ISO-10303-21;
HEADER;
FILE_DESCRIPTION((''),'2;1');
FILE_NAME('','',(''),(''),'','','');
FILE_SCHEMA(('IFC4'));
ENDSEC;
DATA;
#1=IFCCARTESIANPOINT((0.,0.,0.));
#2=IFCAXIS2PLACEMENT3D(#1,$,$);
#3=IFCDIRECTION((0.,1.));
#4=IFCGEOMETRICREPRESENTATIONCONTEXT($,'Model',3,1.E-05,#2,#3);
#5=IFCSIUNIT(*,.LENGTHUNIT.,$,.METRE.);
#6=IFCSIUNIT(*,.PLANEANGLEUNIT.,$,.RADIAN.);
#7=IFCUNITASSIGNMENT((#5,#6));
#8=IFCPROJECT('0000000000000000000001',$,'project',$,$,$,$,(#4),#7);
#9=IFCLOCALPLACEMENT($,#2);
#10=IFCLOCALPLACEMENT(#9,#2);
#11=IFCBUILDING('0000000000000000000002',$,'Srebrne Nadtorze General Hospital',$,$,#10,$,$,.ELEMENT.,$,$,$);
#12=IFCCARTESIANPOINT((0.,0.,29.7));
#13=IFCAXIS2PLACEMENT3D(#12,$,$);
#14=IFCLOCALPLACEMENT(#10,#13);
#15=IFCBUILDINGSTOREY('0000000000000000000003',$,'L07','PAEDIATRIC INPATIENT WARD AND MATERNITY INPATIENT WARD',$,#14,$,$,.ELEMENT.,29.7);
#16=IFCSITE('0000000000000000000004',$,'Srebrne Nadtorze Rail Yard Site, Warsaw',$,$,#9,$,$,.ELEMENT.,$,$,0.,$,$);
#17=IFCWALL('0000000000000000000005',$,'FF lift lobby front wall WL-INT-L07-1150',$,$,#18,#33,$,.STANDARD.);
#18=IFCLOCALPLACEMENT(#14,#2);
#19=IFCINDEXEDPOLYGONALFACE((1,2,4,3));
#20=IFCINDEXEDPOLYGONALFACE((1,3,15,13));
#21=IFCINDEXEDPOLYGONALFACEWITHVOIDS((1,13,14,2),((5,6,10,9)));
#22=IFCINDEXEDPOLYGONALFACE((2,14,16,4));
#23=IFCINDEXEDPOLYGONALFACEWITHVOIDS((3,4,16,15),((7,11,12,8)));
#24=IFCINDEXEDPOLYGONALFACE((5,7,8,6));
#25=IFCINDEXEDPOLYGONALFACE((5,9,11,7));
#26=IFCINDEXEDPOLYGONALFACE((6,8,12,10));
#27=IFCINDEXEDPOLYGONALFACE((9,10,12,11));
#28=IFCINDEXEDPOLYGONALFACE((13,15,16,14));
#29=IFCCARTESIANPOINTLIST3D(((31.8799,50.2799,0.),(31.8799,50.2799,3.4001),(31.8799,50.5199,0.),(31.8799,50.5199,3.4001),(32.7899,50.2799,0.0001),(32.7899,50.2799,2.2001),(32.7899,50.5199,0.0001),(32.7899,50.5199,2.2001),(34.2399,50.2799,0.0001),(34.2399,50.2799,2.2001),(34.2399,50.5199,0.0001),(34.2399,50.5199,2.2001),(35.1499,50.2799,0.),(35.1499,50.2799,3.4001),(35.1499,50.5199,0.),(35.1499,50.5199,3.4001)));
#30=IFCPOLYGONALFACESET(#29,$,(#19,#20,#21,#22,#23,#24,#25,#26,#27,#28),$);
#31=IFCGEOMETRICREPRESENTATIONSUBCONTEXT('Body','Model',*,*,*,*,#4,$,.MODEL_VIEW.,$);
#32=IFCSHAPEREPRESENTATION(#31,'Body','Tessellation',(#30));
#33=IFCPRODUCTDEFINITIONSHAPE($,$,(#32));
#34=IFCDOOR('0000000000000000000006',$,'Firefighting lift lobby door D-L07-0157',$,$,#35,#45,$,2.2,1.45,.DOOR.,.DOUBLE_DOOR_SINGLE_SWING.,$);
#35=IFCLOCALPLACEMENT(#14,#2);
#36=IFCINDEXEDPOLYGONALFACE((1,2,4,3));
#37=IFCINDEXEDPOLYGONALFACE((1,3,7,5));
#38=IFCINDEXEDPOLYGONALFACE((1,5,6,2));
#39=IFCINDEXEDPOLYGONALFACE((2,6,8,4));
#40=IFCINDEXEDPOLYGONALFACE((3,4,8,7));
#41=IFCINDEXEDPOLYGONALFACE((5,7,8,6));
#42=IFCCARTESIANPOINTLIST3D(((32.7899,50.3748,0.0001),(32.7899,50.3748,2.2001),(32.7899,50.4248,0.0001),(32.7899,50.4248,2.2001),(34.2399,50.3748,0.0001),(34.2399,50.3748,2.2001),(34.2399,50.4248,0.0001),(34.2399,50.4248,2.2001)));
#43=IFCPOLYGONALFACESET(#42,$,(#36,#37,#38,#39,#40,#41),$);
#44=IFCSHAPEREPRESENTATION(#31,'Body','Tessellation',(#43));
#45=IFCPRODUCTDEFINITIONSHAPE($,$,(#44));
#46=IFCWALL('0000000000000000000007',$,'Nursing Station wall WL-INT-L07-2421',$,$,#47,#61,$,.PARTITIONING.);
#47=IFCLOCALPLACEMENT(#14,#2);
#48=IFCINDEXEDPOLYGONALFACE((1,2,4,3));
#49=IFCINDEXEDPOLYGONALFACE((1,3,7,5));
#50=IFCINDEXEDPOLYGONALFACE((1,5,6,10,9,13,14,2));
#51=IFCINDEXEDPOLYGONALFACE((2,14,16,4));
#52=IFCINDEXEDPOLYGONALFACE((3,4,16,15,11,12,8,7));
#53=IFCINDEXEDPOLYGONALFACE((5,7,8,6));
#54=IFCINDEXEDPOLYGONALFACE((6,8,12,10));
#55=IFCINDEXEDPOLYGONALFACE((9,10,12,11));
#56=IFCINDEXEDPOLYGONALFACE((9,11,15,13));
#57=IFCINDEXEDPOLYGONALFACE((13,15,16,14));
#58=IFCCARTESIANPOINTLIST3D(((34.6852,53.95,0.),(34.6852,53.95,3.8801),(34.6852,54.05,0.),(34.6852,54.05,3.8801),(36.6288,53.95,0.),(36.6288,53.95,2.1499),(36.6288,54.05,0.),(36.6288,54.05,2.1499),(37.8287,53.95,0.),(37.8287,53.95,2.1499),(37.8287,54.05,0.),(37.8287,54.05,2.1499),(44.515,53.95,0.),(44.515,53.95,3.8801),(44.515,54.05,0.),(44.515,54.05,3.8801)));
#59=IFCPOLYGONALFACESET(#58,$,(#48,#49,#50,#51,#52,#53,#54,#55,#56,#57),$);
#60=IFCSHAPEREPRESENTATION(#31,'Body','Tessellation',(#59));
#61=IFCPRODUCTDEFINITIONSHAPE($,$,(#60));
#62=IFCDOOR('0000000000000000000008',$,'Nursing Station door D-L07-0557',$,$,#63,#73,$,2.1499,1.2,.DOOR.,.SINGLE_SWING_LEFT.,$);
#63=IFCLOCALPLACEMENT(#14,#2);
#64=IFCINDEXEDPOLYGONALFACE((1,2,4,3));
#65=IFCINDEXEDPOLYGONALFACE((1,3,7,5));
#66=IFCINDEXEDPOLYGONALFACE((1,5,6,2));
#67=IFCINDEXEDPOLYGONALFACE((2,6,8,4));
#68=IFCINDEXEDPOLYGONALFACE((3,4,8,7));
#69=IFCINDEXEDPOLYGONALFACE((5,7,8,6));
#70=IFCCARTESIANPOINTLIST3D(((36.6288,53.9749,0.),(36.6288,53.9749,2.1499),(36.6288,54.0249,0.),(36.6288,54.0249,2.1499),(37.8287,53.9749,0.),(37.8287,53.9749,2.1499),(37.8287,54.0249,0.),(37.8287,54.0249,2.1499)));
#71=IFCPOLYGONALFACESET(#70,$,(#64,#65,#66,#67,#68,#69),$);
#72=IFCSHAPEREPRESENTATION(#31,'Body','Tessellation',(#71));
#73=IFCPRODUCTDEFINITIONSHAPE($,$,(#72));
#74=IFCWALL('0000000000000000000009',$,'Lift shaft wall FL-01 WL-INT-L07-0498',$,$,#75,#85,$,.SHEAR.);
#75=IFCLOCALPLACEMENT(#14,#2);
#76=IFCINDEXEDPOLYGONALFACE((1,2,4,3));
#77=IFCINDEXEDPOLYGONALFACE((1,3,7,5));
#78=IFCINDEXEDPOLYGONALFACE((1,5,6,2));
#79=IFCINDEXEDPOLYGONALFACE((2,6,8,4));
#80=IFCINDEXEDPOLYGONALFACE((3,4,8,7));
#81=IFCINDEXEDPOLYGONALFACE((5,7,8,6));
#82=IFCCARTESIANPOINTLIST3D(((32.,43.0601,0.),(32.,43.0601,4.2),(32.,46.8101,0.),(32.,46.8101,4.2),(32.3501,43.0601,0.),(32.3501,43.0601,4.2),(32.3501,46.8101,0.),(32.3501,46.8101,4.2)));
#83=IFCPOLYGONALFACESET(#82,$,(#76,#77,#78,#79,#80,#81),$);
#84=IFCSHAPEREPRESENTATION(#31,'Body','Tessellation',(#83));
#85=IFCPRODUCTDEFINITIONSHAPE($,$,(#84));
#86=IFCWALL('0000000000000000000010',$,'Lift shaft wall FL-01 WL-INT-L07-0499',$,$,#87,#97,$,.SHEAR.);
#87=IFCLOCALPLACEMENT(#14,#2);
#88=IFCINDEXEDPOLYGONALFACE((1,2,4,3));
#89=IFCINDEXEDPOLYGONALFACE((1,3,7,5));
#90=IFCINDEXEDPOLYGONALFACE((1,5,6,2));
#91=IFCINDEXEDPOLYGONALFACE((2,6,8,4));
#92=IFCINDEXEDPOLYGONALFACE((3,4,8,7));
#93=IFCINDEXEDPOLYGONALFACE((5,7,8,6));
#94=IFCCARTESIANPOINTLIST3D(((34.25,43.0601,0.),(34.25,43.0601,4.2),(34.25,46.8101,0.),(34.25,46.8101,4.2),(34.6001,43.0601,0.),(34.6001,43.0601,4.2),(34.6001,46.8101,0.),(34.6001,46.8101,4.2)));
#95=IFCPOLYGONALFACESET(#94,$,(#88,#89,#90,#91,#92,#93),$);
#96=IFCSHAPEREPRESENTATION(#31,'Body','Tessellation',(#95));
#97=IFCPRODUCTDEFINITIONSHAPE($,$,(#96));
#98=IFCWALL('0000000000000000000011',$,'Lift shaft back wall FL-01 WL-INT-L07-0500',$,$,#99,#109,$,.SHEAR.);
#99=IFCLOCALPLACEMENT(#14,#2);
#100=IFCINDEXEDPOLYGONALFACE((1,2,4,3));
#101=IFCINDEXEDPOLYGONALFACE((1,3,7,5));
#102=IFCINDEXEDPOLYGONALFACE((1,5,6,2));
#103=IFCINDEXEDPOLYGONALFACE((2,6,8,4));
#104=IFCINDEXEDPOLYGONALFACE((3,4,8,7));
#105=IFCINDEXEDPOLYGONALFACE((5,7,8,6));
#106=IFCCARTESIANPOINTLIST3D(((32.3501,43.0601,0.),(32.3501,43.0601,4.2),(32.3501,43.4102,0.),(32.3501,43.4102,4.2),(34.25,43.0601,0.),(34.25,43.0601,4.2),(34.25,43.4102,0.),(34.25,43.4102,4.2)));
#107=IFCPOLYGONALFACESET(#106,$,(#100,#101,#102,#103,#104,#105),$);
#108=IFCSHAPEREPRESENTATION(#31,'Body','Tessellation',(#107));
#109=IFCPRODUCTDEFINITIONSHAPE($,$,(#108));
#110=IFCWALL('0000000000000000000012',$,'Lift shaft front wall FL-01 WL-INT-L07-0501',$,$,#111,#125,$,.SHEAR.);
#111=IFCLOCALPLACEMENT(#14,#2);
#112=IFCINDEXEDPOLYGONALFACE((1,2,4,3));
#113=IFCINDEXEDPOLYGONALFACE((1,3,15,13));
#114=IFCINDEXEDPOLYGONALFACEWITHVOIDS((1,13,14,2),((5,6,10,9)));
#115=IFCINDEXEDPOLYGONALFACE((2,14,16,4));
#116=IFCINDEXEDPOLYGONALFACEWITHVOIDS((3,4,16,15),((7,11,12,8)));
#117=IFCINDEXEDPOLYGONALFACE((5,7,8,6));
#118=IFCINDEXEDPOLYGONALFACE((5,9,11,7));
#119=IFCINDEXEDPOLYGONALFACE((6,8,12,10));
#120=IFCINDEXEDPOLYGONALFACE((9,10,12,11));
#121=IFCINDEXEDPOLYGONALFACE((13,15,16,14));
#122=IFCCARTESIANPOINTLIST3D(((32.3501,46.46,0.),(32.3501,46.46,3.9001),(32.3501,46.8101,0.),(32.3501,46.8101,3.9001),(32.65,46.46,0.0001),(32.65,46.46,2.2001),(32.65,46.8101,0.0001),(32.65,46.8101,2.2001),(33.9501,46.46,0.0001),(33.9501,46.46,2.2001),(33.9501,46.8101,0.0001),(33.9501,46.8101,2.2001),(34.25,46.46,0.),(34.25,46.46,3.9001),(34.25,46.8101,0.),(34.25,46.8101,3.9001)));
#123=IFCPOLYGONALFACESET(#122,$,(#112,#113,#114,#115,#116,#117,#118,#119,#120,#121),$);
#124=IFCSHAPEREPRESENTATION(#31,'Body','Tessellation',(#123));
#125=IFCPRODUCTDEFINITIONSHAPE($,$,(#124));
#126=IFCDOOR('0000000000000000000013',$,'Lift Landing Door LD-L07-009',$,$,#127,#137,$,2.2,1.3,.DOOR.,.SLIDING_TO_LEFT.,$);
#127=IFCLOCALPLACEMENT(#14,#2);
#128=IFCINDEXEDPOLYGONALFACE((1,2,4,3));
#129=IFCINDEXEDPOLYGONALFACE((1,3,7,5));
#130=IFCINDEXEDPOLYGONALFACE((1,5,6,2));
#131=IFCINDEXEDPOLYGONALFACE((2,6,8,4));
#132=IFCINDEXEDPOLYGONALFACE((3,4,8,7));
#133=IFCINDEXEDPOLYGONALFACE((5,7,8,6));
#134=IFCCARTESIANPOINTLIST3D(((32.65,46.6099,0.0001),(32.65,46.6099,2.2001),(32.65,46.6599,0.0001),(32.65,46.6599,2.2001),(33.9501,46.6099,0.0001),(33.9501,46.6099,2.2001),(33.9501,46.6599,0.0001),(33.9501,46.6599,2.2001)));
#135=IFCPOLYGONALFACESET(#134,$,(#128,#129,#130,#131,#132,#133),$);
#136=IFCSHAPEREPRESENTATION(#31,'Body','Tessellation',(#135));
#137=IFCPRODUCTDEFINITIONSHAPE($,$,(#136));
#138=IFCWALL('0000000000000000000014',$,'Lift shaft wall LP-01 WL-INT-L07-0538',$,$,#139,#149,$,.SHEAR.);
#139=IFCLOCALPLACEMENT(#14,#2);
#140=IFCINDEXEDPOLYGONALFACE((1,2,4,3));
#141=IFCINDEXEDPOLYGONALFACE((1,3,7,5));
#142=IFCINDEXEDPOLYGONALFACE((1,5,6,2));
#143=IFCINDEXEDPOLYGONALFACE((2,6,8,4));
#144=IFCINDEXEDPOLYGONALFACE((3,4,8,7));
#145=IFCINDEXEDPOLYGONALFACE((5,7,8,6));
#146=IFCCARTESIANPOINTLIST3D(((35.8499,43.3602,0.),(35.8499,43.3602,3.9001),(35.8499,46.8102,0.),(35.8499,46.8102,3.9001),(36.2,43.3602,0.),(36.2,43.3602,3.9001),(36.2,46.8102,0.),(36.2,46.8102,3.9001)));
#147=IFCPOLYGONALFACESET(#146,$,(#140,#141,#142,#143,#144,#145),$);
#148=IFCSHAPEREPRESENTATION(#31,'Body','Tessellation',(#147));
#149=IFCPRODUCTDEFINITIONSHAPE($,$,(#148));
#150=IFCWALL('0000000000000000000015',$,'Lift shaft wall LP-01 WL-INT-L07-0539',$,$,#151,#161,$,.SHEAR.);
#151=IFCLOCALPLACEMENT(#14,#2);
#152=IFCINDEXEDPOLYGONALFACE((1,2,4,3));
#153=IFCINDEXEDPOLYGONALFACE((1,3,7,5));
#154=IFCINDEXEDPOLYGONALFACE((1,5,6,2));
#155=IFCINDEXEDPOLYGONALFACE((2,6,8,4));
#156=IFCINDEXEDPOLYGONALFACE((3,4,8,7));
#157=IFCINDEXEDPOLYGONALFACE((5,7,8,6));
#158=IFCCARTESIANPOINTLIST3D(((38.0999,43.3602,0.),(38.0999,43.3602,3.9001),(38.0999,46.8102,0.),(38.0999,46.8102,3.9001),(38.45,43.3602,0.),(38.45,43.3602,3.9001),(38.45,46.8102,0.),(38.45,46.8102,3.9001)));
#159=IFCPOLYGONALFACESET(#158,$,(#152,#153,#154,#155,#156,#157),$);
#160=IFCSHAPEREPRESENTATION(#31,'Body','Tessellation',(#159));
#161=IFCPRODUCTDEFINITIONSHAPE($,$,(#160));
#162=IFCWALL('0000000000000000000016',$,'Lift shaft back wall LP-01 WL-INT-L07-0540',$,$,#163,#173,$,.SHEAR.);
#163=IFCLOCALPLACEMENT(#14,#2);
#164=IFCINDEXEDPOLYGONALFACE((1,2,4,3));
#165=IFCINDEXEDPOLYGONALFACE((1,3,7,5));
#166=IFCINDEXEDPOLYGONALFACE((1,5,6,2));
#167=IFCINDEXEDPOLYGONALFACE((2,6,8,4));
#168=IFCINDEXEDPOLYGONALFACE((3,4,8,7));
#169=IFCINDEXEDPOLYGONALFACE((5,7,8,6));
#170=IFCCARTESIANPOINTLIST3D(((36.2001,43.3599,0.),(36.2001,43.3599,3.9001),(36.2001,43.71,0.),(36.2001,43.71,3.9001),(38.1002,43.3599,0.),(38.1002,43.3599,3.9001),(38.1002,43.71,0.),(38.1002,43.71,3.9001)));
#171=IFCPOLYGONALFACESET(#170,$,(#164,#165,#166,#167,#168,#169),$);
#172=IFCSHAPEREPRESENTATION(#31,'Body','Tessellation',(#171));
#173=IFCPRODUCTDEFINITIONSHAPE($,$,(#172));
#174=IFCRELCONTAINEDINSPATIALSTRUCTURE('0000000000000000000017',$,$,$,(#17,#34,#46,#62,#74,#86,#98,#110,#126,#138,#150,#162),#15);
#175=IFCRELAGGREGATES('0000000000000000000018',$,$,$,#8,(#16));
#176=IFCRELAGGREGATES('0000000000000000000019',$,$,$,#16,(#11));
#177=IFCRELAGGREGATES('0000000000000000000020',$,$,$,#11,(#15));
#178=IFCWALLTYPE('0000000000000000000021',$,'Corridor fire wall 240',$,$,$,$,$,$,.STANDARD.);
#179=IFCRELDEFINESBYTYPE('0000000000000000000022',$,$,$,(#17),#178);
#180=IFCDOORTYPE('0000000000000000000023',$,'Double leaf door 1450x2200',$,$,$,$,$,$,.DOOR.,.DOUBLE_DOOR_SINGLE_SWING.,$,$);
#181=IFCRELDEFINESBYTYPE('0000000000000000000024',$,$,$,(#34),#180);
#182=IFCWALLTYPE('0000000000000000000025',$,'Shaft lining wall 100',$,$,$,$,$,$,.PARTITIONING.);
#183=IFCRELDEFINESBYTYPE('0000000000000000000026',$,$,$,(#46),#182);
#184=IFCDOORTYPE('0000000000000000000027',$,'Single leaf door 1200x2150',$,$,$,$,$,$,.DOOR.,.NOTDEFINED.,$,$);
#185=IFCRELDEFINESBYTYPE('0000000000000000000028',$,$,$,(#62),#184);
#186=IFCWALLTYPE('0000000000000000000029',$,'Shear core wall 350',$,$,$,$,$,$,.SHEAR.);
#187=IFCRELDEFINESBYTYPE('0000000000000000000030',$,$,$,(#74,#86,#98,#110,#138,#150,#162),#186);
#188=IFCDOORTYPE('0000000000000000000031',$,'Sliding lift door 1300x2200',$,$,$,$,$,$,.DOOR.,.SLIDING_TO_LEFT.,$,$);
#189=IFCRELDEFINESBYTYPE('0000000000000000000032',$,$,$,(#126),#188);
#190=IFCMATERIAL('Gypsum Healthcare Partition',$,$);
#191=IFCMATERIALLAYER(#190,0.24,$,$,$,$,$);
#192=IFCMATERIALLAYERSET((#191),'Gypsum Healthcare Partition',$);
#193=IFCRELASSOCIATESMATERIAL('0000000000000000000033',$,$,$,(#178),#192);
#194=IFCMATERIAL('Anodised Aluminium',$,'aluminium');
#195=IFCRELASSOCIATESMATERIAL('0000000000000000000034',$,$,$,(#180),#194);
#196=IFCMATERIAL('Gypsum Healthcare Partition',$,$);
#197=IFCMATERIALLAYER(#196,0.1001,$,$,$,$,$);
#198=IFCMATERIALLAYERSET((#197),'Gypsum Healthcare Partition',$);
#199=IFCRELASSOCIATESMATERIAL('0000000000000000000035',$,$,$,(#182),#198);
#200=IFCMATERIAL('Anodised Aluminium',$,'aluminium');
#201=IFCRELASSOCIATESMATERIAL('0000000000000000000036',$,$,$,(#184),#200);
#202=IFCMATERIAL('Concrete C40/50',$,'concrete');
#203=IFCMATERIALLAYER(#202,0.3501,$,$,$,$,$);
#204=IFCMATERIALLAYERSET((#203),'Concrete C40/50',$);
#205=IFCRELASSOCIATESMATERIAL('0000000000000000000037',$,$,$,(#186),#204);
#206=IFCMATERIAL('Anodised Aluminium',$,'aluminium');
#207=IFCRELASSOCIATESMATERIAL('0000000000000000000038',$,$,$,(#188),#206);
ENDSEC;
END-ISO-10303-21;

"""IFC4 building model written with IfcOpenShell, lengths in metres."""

from ifc_helpers import new_model, si_unit, direction, frame, frame_2d, origin, place, context, subcontext, project, spatial, rectangle, extrude, material, layer, layer_set, type_object, element, fill, save


model = new_model("IFC4")

# Units and contexts
model_context = context("Model", 3, precision=1e-05, world=origin(), true_north=direction((0.0, 1.0)))
body_context = subcontext(model_context, "Body", "Model", "MODEL_VIEW")
ifc_project = project(units=[si_unit("LENGTHUNIT", "METRE"), si_unit("PLANEANGLEUNIT", "RADIAN")], contexts=[model_context])

# Site, building, storey
site_placement = place(None, origin())
site = spatial("IfcSite", under=ifc_project, at=site_placement, Name="Srebrne Nadtorze Rail Yard Site, Warsaw", CompositionType="ELEMENT", RefElevation=0.0)
building_placement = place(site_placement, origin())
building = spatial("IfcBuilding", under=site, at=building_placement, Name="Srebrne Nadtorze General Hospital", CompositionType="ELEMENT")
storey_placement = place(building_placement, frame((0.0, 0.0, 29.7)))
storey = spatial("IfcBuildingStorey", under=building, at=storey_placement, Name="L07", Description="PAEDIATRIC INPATIENT WARD AND MATERNITY INPATIENT WARD", CompositionType="ELEMENT", Elevation=29.7)

# Shared definitions
ifc_material_1 = material(Name="Gypsum Healthcare Partition")
ifc_layer_1 = layer(ifc_material_1, 0.24)
ifc_layer_set_1 = layer_set([ifc_layer_1], Name="Gypsum Healthcare Partition")
wall_type_1 = type_object("IfcWallType", Name="Corridor fire wall 240", PredefinedType="STANDARD", material=ifc_layer_set_1)

# Walls, openings, doors
wall_1_placement = place(storey_placement, frame((31.8799, 50.3999, 0.0), z_axis=(0.0, 0.0, 1.0), x_axis=(1.0, 0.0, 0.0)))
wall_1 = element("IfcWall", 1, at=wall_1_placement, inside=storey, type_object=wall_type_1, Name="FF lift lobby front wall WL-INT-L07-1150", PredefinedType="STANDARD", context=body_context, shape_type="SweptSolid", body=[
    extrude(rectangle(XDim=3.27, YDim=0.24, at=frame_2d((1.635, 0.0))), origin(), (0.0, 0.0, 1.0), 3.4001),
])
opening_1_placement = place(wall_1_placement, frame((0.9099, 0.0, 0.0)))
opening_1 = element("IfcOpeningElement", 2, at=opening_1_placement, cuts=wall_1, PredefinedType="OPENING", context=body_context, shape_type="SweptSolid", body=[
    extrude(rectangle(XDim=1.45, YDim=2.2, at=frame_2d((0.7251, 1.1001))), frame((0.0, 0.1318, 0.0), z_axis=(0.0, -1.0, 0.0), x_axis=(1.0, 0.0, 0.0)), (0.0, 0.0, 1.0), 0.2639),
])
ifc_material_2 = material(Name="Anodised Aluminium", Category="aluminium")
door_type_1 = type_object("IfcDoorType", Name="Double leaf door 1450x2200", OperationType="DOUBLE_DOOR_SINGLE_SWING", PredefinedType="DOOR", material=ifc_material_2)
door_1_placement = place(opening_1_placement, origin())
door_1 = element("IfcDoor", 3, at=door_1_placement, inside=storey, type_object=door_type_1, Name="Firefighting lift lobby door D-L07-0157", OperationType="DOUBLE_DOOR_SINGLE_SWING", OverallHeight=2.2, OverallWidth=1.45, PredefinedType="DOOR", context=body_context, shape_type="SweptSolid", body=[
    extrude(rectangle(XDim=1.45, YDim=2.2, at=frame_2d((0.7251, 1.1001))), frame((0.0, 0.0249, 0.0), z_axis=(0.0, -1.0, 0.0), x_axis=(1.0, 0.0, 0.0)), (0.0, 0.0, 1.0), 0.05),
])
fill(opening_1, door_1)
ifc_material_3 = material(Name="Gypsum Healthcare Partition")
ifc_layer_2 = layer(ifc_material_3, 0.1001)
ifc_layer_set_2 = layer_set([ifc_layer_2], Name="Gypsum Healthcare Partition")
wall_type_2 = type_object("IfcWallType", Name="Shaft lining wall 100", PredefinedType="PARTITIONING", material=ifc_layer_set_2)
wall_2_placement = place(storey_placement, frame((34.6851, 54.0, 0.0), z_axis=(0.0, 0.0, 1.0), x_axis=(1.0, 0.0, 0.0)))
wall_2 = element("IfcWall", 4, at=wall_2_placement, inside=storey, type_object=wall_type_2, Name="Nursing Station wall WL-INT-L07-2421", PredefinedType="PARTITIONING", context=body_context, shape_type="SweptSolid", body=[
    extrude(rectangle(XDim=9.8298, YDim=0.1001, at=frame_2d((4.915, 0.0))), origin(), (0.0, 0.0, 1.0), 3.8801),
])
opening_2_placement = place(wall_2_placement, frame((1.9436, 0.0, 0.0)))
opening_2 = element("IfcOpeningElement", 5, at=opening_2_placement, cuts=wall_2, PredefinedType="OPENING", context=body_context, shape_type="SweptSolid", body=[
    extrude(rectangle(XDim=1.2, YDim=2.1499, at=frame_2d((0.6001, 1.075))), frame((0.0, 0.062, 0.0), z_axis=(0.0, -1.0, 0.0), x_axis=(1.0, 0.0, 0.0)), (0.0, 0.0, 1.0), 0.124),
])
ifc_material_4 = material(Name="Anodised Aluminium", Category="aluminium")
door_type_2 = type_object("IfcDoorType", Name="Single leaf door 1200x2150", OperationType="NOTDEFINED", PredefinedType="DOOR", material=ifc_material_4)
door_2_placement = place(opening_2_placement, origin())
door_2 = element("IfcDoor", 6, at=door_2_placement, inside=storey, type_object=door_type_2, Name="Nursing Station door D-L07-0557", OperationType="SINGLE_SWING_LEFT", OverallHeight=2.1499, OverallWidth=1.2, PredefinedType="DOOR", context=body_context, shape_type="SweptSolid", body=[
    extrude(rectangle(XDim=1.2, YDim=2.1499, at=frame_2d((0.6001, 1.075))), frame((0.0, 0.0249, 0.0), z_axis=(0.0, -1.0, 0.0), x_axis=(1.0, 0.0, 0.0)), (0.0, 0.0, 1.0), 0.05),
])
fill(opening_2, door_2)

# Walls
ifc_material_5 = material(Name="Concrete C40/50", Category="concrete")
ifc_layer_3 = layer(ifc_material_5, 0.3501)
ifc_layer_set_3 = layer_set([ifc_layer_3], Name="Concrete C40/50")
wall_type_3 = type_object("IfcWallType", Name="Shear core wall 350", PredefinedType="SHEAR", material=ifc_layer_set_3)
for number, where, z_axis, x_axis, name in (
    (7, (32.175, 43.0601, 0.0), (0.0, 0.0, 1.0), (0.0, 1.0, 0.0), "Lift shaft wall FL-01 WL-INT-L07-0498"),
    (8, (34.425, 43.0601, 0.0), (0.0, 0.0, 1.0), (0.0, 1.0, 0.0), "Lift shaft wall FL-01 WL-INT-L07-0499"),
):
    element("IfcWall", number, at=place(storey_placement, frame(where, z_axis=z_axis, x_axis=x_axis)), inside=storey, type_object=wall_type_3, Name=name, PredefinedType="SHEAR", context=body_context, shape_type="SweptSolid", body=[
        extrude(rectangle(XDim=3.75, YDim=0.3501, at=frame_2d((1.875, 0.0))), origin(), (0.0, 0.0, 1.0), 4.2),
    ])
wall_3_placement = place(storey_placement, frame((32.3501, 43.2351, 0.0), z_axis=(0.0, 0.0, 1.0), x_axis=(1.0, 0.0, 0.0)))
element("IfcWall", 9, at=wall_3_placement, inside=storey, type_object=wall_type_3, Name="Lift shaft back wall FL-01 WL-INT-L07-0500", PredefinedType="SHEAR", context=body_context, shape_type="SweptSolid", body=[
    extrude(rectangle(XDim=1.8999, YDim=0.3501, at=frame_2d((0.95, 0.0))), origin(), (0.0, 0.0, 1.0), 4.2),
])

# Wall, opening, door
wall_4_placement = place(storey_placement, frame((32.3501, 46.635, 0.0), z_axis=(0.0, 0.0, 1.0), x_axis=(1.0, 0.0, 0.0)))
wall_4 = element("IfcWall", 10, at=wall_4_placement, inside=storey, type_object=wall_type_3, Name="Lift shaft front wall FL-01 WL-INT-L07-0501", PredefinedType="SHEAR", context=body_context, shape_type="SweptSolid", body=[
    extrude(rectangle(XDim=1.8999, YDim=0.3501, at=frame_2d((0.95, 0.0))), origin(), (0.0, 0.0, 1.0), 3.9001),
])
opening_3_placement = place(wall_4_placement, frame((0.3, 0.0, 0.0)))
opening_3 = element("IfcOpeningElement", 11, at=opening_3_placement, cuts=wall_4, PredefinedType="OPENING", context=body_context, shape_type="SweptSolid", body=[
    extrude(rectangle(XDim=1.3, YDim=2.2, at=frame_2d((0.6499, 1.1001))), frame((0.0, 0.187, 0.0), z_axis=(0.0, -1.0, 0.0), x_axis=(1.0, 0.0, 0.0)), (0.0, 0.0, 1.0), 0.374),
])
ifc_material_6 = material(Name="Anodised Aluminium", Category="aluminium")
door_type_3 = type_object("IfcDoorType", Name="Sliding lift door 1300x2200", OperationType="SLIDING_TO_LEFT", PredefinedType="DOOR", material=ifc_material_6)
door_3_placement = place(opening_3_placement, origin())
door_3 = element("IfcDoor", 12, at=door_3_placement, inside=storey, type_object=door_type_3, Name="Lift Landing Door LD-L07-009", OperationType="SLIDING_TO_LEFT", OverallHeight=2.2, OverallWidth=1.3, PredefinedType="DOOR", context=body_context, shape_type="SweptSolid", body=[
    extrude(rectangle(XDim=1.3, YDim=2.2, at=frame_2d((0.6499, 1.1001))), frame((0.0, 0.0249, 0.0), z_axis=(0.0, -1.0, 0.0), x_axis=(1.0, 0.0, 0.0)), (0.0, 0.0, 1.0), 0.05),
])
fill(opening_3, door_3)

# Walls
for number, where, z_axis, x_axis, name in (
    (13, (36.0249, 43.3601, 0.0), (0.0, 0.0, 1.0), (0.0, 1.0, 0.0), "Lift shaft wall LP-01 WL-INT-L07-0538"),
    (14, (38.2749, 43.3601, 0.0), (0.0, 0.0, 1.0), (0.0, 1.0, 0.0), "Lift shaft wall LP-01 WL-INT-L07-0539"),
):
    element("IfcWall", number, at=place(storey_placement, frame(where, z_axis=z_axis, x_axis=x_axis)), inside=storey, type_object=wall_type_3, Name=name, PredefinedType="SHEAR", context=body_context, shape_type="SweptSolid", body=[
        extrude(rectangle(XDim=3.45, YDim=0.3501, at=frame_2d((1.7251, 0.0))), origin(), (0.0, 0.0, 1.0), 3.9001),
    ])
wall_5_placement = place(storey_placement, frame((36.2, 43.5349, 0.0), z_axis=(0.0, 0.0, 1.0), x_axis=(1.0, 0.0, 0.0)))
element("IfcWall", 15, at=wall_5_placement, inside=storey, type_object=wall_type_3, Name="Lift shaft back wall LP-01 WL-INT-L07-0540", PredefinedType="SHEAR", context=body_context, shape_type="SweptSolid", body=[
    extrude(rectangle(XDim=1.9001, YDim=0.3501, at=frame_2d((0.9502, 0.0))), origin(), (0.0, 0.0, 1.0), 3.9001),
])

save(model, "model.ifc")
